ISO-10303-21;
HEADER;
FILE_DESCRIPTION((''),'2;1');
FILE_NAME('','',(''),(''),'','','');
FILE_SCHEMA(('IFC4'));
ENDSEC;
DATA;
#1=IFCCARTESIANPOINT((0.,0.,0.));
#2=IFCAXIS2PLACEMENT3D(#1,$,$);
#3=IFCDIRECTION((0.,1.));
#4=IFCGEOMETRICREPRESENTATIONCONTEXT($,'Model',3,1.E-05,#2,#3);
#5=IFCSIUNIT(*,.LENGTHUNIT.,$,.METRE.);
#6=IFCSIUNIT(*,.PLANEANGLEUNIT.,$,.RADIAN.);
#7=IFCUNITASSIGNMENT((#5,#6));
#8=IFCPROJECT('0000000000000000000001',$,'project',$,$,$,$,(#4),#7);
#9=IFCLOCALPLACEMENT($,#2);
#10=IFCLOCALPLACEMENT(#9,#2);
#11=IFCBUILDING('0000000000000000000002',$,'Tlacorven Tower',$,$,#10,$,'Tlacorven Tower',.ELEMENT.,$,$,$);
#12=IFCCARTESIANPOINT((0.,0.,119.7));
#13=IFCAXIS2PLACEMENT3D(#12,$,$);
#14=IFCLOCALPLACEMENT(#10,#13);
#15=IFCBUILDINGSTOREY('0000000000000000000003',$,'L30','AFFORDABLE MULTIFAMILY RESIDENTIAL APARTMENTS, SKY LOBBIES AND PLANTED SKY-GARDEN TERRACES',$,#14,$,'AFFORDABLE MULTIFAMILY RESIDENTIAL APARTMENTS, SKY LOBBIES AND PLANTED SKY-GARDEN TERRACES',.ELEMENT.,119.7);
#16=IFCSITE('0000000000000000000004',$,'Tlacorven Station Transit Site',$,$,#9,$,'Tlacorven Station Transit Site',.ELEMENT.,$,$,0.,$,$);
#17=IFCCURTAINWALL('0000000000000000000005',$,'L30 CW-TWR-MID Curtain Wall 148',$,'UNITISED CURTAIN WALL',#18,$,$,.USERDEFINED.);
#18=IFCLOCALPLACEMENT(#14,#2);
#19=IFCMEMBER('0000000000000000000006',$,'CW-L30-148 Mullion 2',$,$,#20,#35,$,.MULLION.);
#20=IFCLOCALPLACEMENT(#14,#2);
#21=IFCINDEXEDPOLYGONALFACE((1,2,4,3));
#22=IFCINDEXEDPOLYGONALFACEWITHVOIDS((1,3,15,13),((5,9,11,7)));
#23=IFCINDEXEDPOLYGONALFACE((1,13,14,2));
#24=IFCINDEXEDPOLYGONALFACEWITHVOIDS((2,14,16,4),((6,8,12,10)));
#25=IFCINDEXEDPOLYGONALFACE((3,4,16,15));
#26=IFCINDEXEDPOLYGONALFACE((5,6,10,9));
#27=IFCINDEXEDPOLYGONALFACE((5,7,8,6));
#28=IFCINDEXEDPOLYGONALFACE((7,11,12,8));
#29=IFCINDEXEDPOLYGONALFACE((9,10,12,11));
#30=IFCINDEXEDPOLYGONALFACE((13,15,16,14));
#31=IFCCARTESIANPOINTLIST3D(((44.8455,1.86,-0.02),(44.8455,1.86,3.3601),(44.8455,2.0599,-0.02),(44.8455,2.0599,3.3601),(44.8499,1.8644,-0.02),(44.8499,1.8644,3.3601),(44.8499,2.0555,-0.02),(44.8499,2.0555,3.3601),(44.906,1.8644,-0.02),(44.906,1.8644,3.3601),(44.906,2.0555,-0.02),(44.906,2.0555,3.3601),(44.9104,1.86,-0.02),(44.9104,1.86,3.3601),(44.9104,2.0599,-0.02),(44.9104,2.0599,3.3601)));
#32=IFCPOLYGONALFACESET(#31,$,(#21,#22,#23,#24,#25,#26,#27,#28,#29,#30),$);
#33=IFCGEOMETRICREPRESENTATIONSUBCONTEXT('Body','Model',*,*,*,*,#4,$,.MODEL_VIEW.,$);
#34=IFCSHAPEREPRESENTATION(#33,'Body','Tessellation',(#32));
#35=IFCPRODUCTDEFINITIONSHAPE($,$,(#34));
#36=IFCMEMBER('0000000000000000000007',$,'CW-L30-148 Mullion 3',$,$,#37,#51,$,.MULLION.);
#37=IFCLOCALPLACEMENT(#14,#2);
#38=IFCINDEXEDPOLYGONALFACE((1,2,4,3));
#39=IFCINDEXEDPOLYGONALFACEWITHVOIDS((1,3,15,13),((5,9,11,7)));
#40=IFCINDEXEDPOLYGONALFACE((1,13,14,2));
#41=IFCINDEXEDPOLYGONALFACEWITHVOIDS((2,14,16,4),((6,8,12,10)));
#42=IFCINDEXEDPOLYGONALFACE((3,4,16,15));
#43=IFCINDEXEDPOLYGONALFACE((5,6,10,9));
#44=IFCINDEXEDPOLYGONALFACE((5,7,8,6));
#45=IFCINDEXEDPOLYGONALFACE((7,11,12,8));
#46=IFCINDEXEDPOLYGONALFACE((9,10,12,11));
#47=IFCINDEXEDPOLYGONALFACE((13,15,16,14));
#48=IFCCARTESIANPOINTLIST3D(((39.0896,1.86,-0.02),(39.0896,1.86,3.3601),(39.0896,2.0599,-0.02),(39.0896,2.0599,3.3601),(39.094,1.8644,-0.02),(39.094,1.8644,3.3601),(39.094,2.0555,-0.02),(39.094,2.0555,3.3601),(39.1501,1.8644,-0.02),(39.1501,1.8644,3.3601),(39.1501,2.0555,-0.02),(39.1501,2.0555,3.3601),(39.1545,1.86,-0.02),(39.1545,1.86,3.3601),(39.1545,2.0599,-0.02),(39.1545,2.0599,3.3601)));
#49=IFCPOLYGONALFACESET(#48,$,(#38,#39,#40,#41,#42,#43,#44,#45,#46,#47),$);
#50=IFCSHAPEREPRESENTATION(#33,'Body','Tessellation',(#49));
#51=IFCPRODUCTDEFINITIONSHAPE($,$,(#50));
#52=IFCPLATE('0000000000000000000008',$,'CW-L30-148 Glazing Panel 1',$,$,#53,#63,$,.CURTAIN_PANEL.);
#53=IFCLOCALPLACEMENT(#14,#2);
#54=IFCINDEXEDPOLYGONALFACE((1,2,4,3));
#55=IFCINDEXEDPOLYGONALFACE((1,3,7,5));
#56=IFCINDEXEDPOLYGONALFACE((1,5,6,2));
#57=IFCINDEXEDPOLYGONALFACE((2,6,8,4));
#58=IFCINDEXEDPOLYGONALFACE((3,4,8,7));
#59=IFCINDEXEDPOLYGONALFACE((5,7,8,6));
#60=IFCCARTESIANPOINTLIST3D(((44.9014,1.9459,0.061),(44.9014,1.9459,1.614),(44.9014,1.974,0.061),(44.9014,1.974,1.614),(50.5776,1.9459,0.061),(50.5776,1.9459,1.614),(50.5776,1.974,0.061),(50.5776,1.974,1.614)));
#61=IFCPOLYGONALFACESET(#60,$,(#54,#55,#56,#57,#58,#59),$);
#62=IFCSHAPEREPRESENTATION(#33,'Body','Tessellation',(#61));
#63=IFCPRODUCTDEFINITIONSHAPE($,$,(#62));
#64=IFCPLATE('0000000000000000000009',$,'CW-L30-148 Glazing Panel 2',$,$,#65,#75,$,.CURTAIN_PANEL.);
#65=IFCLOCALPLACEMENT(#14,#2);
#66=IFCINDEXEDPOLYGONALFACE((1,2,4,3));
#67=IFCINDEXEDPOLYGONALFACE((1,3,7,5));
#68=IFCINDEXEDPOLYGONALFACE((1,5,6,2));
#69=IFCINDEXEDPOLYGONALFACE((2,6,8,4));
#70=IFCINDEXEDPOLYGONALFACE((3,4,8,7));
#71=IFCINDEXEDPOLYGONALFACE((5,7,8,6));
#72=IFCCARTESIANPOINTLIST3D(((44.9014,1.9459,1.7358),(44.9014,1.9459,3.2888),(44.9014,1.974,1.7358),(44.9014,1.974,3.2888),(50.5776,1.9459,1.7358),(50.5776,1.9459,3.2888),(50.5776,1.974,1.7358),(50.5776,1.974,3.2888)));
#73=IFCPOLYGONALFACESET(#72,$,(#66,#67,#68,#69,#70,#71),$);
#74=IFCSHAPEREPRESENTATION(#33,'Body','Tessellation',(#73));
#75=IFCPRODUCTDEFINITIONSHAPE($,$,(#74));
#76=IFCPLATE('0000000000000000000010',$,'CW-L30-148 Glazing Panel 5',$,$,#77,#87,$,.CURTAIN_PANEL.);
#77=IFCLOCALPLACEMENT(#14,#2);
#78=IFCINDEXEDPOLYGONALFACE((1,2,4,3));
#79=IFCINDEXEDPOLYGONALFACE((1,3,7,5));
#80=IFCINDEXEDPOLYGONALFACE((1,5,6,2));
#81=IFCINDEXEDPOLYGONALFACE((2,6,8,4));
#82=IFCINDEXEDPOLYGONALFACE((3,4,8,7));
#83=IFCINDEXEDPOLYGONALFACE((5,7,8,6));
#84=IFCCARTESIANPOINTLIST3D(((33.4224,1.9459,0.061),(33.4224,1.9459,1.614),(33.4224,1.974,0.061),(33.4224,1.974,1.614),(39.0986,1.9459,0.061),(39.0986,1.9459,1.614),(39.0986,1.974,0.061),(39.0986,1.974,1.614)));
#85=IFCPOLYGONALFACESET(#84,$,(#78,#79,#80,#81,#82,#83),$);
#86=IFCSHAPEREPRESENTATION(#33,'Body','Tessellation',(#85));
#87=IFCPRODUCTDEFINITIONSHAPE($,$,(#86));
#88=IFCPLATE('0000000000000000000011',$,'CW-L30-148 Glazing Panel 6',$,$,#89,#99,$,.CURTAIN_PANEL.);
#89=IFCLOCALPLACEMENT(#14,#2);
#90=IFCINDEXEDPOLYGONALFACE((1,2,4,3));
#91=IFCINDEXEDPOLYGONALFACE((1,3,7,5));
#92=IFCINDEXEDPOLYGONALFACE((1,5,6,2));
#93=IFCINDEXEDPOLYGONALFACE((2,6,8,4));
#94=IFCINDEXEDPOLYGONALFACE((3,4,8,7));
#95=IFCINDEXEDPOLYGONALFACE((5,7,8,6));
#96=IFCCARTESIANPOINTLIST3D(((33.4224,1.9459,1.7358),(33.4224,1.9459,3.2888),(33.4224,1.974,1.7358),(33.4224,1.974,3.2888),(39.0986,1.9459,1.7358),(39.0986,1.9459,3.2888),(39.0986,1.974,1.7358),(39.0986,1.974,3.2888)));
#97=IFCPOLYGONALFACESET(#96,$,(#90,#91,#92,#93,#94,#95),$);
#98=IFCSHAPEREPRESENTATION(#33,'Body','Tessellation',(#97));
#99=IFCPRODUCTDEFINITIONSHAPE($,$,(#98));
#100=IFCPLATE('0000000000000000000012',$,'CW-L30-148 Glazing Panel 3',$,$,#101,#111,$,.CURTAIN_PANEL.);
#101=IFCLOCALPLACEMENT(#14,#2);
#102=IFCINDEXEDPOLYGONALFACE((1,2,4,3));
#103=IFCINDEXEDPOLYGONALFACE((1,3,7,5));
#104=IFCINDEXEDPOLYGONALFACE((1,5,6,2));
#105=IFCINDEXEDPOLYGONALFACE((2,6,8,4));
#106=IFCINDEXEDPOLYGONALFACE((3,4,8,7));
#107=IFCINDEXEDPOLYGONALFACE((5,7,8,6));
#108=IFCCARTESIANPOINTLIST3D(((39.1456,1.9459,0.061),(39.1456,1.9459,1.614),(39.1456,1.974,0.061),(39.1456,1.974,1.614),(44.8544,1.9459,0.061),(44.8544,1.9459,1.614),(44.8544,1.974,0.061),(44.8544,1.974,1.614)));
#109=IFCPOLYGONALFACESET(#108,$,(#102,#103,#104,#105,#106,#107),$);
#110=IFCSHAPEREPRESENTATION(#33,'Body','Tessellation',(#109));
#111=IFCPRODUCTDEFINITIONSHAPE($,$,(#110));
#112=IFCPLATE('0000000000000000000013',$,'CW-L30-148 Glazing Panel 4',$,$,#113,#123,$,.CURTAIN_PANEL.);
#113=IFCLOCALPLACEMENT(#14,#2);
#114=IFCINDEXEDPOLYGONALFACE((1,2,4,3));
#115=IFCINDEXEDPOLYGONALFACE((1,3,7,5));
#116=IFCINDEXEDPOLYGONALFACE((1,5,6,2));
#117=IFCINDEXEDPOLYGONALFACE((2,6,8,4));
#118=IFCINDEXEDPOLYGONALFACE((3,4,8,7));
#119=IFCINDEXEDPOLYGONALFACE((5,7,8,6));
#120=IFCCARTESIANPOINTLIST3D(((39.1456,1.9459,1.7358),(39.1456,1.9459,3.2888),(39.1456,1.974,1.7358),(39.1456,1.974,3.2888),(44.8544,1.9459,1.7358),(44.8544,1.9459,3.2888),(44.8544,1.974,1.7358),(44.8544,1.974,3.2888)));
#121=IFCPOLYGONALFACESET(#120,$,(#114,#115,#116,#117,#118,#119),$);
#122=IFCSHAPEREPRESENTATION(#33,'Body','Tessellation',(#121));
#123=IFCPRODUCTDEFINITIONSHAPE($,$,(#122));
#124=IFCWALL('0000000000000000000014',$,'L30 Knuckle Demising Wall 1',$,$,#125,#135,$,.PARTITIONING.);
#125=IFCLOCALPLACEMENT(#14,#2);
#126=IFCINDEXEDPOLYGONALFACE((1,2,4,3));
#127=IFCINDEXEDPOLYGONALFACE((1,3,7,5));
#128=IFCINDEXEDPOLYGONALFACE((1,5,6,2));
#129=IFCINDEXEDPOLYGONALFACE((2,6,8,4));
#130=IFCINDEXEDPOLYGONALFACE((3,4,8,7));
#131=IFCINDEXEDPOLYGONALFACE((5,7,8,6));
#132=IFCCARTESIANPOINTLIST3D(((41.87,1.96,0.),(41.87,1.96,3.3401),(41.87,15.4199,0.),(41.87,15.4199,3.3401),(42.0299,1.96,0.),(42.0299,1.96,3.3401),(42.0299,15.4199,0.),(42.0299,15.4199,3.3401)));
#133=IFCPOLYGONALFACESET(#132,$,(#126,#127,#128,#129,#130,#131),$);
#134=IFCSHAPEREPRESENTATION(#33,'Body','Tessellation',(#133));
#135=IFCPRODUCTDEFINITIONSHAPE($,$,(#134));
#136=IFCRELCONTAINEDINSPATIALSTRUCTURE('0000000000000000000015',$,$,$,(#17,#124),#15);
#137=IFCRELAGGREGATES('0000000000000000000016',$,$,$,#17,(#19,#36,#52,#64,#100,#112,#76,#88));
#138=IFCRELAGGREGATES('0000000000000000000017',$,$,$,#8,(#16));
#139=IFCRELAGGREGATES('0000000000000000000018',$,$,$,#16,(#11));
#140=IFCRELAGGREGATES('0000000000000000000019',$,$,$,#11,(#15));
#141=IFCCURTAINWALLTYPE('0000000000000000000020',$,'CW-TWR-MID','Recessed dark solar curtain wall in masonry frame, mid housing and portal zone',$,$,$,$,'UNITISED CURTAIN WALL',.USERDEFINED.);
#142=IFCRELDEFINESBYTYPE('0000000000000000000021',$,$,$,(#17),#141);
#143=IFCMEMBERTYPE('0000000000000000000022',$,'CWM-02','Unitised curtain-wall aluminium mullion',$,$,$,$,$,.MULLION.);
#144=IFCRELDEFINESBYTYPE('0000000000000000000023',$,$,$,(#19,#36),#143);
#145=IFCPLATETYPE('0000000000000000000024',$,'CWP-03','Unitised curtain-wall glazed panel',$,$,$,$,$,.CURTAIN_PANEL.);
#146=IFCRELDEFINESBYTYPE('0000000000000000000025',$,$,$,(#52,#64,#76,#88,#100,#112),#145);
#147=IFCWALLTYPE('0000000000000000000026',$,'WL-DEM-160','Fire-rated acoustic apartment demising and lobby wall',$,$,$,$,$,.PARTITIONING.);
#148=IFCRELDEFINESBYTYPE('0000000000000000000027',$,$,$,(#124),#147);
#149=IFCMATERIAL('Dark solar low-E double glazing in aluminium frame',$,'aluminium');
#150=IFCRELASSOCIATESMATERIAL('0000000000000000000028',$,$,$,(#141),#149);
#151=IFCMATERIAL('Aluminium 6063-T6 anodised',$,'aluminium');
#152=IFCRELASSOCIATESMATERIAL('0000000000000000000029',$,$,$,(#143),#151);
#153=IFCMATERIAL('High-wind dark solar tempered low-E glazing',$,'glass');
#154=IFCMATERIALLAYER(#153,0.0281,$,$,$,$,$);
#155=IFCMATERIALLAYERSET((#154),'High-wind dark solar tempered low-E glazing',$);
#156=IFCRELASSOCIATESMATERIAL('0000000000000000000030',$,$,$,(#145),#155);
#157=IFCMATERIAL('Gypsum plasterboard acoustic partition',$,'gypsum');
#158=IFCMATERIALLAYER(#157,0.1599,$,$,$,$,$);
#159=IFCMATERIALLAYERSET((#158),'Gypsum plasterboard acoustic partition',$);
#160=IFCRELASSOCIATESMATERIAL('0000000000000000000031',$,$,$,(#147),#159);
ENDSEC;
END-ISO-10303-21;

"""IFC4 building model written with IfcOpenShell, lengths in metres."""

from ifc_helpers import new_model, si_unit, direction, frame, frame_2d, origin, origin_2d, place, context, subcontext, project, spatial, rectangle, hollow_rectangle, extrude, source, transform, mapped, material, layer, layer_set, material_profile, profile_set, type_object, element, aggregate, save


model = new_model("IFC4")

# Units and contexts
model_context = context("Model", 3, precision=1e-05, world=origin(), true_north=direction((0.0, 1.0)))
body_context = subcontext(model_context, "Body", "Model", "MODEL_VIEW")
ifc_project = project(units=[si_unit("LENGTHUNIT", "METRE"), si_unit("PLANEANGLEUNIT", "RADIAN")], contexts=[model_context])

# Site, building, storey
site_placement = place(None, origin())
site = spatial("IfcSite", under=ifc_project, at=site_placement, Name="Tlacorven Station Transit Site", LongName="Tlacorven Station Transit Site", CompositionType="ELEMENT", RefElevation=0.0)
building_placement = place(site_placement, origin())
building = spatial("IfcBuilding", under=site, at=building_placement, Name="Tlacorven Tower", LongName="Tlacorven Tower", CompositionType="ELEMENT")
storey_placement = place(building_placement, frame((0.0, 0.0, 119.7)))
storey = spatial("IfcBuildingStorey", under=building, at=storey_placement, Name="L30", Description="AFFORDABLE MULTIFAMILY RESIDENTIAL APARTMENTS, SKY LOBBIES AND PLANTED SKY-GARDEN TERRACES", LongName="AFFORDABLE MULTIFAMILY RESIDENTIAL APARTMENTS, SKY LOBBIES AND PLANTED SKY-GARDEN TERRACES", CompositionType="ELEMENT", Elevation=119.7)

# Curtain wall
ifc_material_1 = material(Name="Dark solar low-E double glazing in aluminium frame", Category="aluminium")
curtain_wall_type = type_object("IfcCurtainWallType", Name="CW-TWR-MID", Description="Recessed dark solar curtain wall in masonry frame, mid housing and portal zone", ElementType="UNITISED CURTAIN WALL", PredefinedType="USERDEFINED", material=ifc_material_1)
curtain_wall_1_placement = place(storey_placement, origin())
curtain_wall_1 = element("IfcCurtainWall", 1, at=curtain_wall_1_placement, inside=storey, type_object=curtain_wall_type, Name="L30 CW-TWR-MID Curtain Wall 148", ObjectType="UNITISED CURTAIN WALL", PredefinedType="USERDEFINED")
ifc_material_2 = material(Name="Aluminium 6063-T6 anodised", Category="aluminium")

# Shared definitions
ifc_material_profile_1 = material_profile(ifc_material_2, hollow_rectangle(XDim=0.0649, YDim=0.2, WallThickness=0.0044, at=origin_2d()), Name="ALU MULLION 65X200")
ifc_profile_set_1 = profile_set([ifc_material_profile_1], Name="Aluminium 6063-T6 anodised")
member_type_1 = type_object("IfcMemberType", Name="CWM-02", Description="Unitised curtain-wall aluminium mullion", PredefinedType="MULLION", material=ifc_profile_set_1)
shared_shape_1 = source(origin(), body_context, "Body", "SweptSolid", [
    extrude(hollow_rectangle(XDim=0.0649, YDim=0.2, WallThickness=0.0044, at=origin_2d()), origin(), (0.0, 0.0, 1.0), 3.3801),
])

# Members
member_1_placement = place(storey_placement, frame((44.8779, 1.96, -0.02), z_axis=(0.0, 0.0, 1.0), x_axis=(-1.0, 0.0, 0.0)))
member_1 = element("IfcMember", 2, at=member_1_placement, type_object=member_type_1, Name="CW-L30-148 Mullion 2", PredefinedType="MULLION", context=body_context, shape_type="MappedRepresentation", body=[
    mapped(shared_shape_1, transform((0.0, 0.0, 0.0), scale=1.0)),
])
member_2_placement = place(storey_placement, frame((39.1221, 1.96, -0.02), z_axis=(0.0, 0.0, 1.0), x_axis=(-1.0, 0.0, 0.0)))
member_2 = element("IfcMember", 3, at=member_2_placement, type_object=member_type_1, Name="CW-L30-148 Mullion 3", PredefinedType="MULLION", context=body_context, shape_type="MappedRepresentation", body=[
    mapped(shared_shape_1, transform((0.0, 0.0, 0.0), scale=1.0)),
])

# Plates
ifc_material_3 = material(Name="High-wind dark solar tempered low-E glazing", Category="glass")
ifc_layer_1 = layer(ifc_material_3, 0.0281)
ifc_layer_set_1 = layer_set([ifc_layer_1], Name="High-wind dark solar tempered low-E glazing")
plate_type = type_object("IfcPlateType", Name="CWP-03", Description="Unitised curtain-wall glazed panel", PredefinedType="CURTAIN_PANEL", material=ifc_layer_set_1)
shared_shape_2 = source(origin(), body_context, "Body", "SweptSolid", [
    extrude(rectangle(XDim=5.6763, YDim=0.0281, at=origin_2d()), origin(), (0.0, 0.0, 1.0), 1.553),
])
plate_1_placement = place(storey_placement, frame((47.7395, 1.96, 0.061), z_axis=(0.0, 0.0, 1.0), x_axis=(-1.0, 0.0, 0.0)))
plate_1 = element("IfcPlate", 4, at=plate_1_placement, type_object=plate_type, Name="CW-L30-148 Glazing Panel 1", PredefinedType="CURTAIN_PANEL", context=body_context, shape_type="MappedRepresentation", body=[
    mapped(shared_shape_2, transform((0.0, 0.0, 0.0), scale=1.0)),
])
plate_2_placement = place(storey_placement, frame((47.7395, 1.96, 1.7358), z_axis=(0.0, 0.0, 1.0), x_axis=(-1.0, 0.0, 0.0)))
plate_2 = element("IfcPlate", 5, at=plate_2_placement, type_object=plate_type, Name="CW-L30-148 Glazing Panel 2", PredefinedType="CURTAIN_PANEL", context=body_context, shape_type="MappedRepresentation", body=[
    mapped(shared_shape_2, transform((0.0, 0.0, 0.0), scale=1.0)),
])
plate_3_placement = place(storey_placement, frame((36.2605, 1.96, 0.061), z_axis=(0.0, 0.0, 1.0), x_axis=(-1.0, 0.0, 0.0)))
plate_3 = element("IfcPlate", 6, at=plate_3_placement, type_object=plate_type, Name="CW-L30-148 Glazing Panel 5", PredefinedType="CURTAIN_PANEL", context=body_context, shape_type="MappedRepresentation", body=[
    mapped(shared_shape_2, transform((0.0, 0.0, 0.0), scale=1.0)),
])
plate_4_placement = place(storey_placement, frame((36.2605, 1.96, 1.7358), z_axis=(0.0, 0.0, 1.0), x_axis=(-1.0, 0.0, 0.0)))
plate_4 = element("IfcPlate", 7, at=plate_4_placement, type_object=plate_type, Name="CW-L30-148 Glazing Panel 6", PredefinedType="CURTAIN_PANEL", context=body_context, shape_type="MappedRepresentation", body=[
    mapped(shared_shape_2, transform((0.0, 0.0, 0.0), scale=1.0)),
])
shared_shape_3 = source(origin(), body_context, "Body", "SweptSolid", [
    extrude(rectangle(XDim=5.7087, YDim=0.0281, at=origin_2d()), origin(), (0.0, 0.0, 1.0), 1.553),
])
plate_5_placement = place(storey_placement, frame((42.0, 1.96, 0.061), z_axis=(0.0, 0.0, 1.0), x_axis=(-1.0, 0.0, 0.0)))
plate_5 = element("IfcPlate", 8, at=plate_5_placement, type_object=plate_type, Name="CW-L30-148 Glazing Panel 3", PredefinedType="CURTAIN_PANEL", context=body_context, shape_type="MappedRepresentation", body=[
    mapped(shared_shape_3, transform((0.0, 0.0, 0.0), scale=1.0)),
])
plate_6_placement = place(storey_placement, frame((42.0, 1.96, 1.7358), z_axis=(0.0, 0.0, 1.0), x_axis=(-1.0, 0.0, 0.0)))
plate_6 = element("IfcPlate", 9, at=plate_6_placement, type_object=plate_type, Name="CW-L30-148 Glazing Panel 4", PredefinedType="CURTAIN_PANEL", context=body_context, shape_type="MappedRepresentation", body=[
    mapped(shared_shape_3, transform((0.0, 0.0, 0.0), scale=1.0)),
])
aggregate(curtain_wall_1, [member_1, member_2, plate_1, plate_2, plate_5, plate_6, plate_3, plate_4])

# Wall
ifc_material_4 = material(Name="Gypsum plasterboard acoustic partition", Category="gypsum")
ifc_layer_2 = layer(ifc_material_4, 0.1599)
ifc_layer_set_2 = layer_set([ifc_layer_2], Name="Gypsum plasterboard acoustic partition")
wall_type_1 = type_object("IfcWallType", Name="WL-DEM-160", Description="Fire-rated acoustic apartment demising and lobby wall", PredefinedType="PARTITIONING", material=ifc_layer_set_2)
wall_1_placement = place(storey_placement, frame((41.95, 1.96, 0.0), z_axis=(0.0, 0.0, 1.0), x_axis=(0.0, 1.0, 0.0)))
element("IfcWall", 10, at=wall_1_placement, inside=storey, type_object=wall_type_1, Name="L30 Knuckle Demising Wall 1", PredefinedType="PARTITIONING", context=body_context, shape_type="SweptSolid", body=[
    extrude(rectangle(XDim=13.46, YDim=0.1599, at=frame_2d((6.73, 0.0))), origin(), (0.0, 0.0, 1.0), 3.3401),
])

save(model, "model.ifc")
